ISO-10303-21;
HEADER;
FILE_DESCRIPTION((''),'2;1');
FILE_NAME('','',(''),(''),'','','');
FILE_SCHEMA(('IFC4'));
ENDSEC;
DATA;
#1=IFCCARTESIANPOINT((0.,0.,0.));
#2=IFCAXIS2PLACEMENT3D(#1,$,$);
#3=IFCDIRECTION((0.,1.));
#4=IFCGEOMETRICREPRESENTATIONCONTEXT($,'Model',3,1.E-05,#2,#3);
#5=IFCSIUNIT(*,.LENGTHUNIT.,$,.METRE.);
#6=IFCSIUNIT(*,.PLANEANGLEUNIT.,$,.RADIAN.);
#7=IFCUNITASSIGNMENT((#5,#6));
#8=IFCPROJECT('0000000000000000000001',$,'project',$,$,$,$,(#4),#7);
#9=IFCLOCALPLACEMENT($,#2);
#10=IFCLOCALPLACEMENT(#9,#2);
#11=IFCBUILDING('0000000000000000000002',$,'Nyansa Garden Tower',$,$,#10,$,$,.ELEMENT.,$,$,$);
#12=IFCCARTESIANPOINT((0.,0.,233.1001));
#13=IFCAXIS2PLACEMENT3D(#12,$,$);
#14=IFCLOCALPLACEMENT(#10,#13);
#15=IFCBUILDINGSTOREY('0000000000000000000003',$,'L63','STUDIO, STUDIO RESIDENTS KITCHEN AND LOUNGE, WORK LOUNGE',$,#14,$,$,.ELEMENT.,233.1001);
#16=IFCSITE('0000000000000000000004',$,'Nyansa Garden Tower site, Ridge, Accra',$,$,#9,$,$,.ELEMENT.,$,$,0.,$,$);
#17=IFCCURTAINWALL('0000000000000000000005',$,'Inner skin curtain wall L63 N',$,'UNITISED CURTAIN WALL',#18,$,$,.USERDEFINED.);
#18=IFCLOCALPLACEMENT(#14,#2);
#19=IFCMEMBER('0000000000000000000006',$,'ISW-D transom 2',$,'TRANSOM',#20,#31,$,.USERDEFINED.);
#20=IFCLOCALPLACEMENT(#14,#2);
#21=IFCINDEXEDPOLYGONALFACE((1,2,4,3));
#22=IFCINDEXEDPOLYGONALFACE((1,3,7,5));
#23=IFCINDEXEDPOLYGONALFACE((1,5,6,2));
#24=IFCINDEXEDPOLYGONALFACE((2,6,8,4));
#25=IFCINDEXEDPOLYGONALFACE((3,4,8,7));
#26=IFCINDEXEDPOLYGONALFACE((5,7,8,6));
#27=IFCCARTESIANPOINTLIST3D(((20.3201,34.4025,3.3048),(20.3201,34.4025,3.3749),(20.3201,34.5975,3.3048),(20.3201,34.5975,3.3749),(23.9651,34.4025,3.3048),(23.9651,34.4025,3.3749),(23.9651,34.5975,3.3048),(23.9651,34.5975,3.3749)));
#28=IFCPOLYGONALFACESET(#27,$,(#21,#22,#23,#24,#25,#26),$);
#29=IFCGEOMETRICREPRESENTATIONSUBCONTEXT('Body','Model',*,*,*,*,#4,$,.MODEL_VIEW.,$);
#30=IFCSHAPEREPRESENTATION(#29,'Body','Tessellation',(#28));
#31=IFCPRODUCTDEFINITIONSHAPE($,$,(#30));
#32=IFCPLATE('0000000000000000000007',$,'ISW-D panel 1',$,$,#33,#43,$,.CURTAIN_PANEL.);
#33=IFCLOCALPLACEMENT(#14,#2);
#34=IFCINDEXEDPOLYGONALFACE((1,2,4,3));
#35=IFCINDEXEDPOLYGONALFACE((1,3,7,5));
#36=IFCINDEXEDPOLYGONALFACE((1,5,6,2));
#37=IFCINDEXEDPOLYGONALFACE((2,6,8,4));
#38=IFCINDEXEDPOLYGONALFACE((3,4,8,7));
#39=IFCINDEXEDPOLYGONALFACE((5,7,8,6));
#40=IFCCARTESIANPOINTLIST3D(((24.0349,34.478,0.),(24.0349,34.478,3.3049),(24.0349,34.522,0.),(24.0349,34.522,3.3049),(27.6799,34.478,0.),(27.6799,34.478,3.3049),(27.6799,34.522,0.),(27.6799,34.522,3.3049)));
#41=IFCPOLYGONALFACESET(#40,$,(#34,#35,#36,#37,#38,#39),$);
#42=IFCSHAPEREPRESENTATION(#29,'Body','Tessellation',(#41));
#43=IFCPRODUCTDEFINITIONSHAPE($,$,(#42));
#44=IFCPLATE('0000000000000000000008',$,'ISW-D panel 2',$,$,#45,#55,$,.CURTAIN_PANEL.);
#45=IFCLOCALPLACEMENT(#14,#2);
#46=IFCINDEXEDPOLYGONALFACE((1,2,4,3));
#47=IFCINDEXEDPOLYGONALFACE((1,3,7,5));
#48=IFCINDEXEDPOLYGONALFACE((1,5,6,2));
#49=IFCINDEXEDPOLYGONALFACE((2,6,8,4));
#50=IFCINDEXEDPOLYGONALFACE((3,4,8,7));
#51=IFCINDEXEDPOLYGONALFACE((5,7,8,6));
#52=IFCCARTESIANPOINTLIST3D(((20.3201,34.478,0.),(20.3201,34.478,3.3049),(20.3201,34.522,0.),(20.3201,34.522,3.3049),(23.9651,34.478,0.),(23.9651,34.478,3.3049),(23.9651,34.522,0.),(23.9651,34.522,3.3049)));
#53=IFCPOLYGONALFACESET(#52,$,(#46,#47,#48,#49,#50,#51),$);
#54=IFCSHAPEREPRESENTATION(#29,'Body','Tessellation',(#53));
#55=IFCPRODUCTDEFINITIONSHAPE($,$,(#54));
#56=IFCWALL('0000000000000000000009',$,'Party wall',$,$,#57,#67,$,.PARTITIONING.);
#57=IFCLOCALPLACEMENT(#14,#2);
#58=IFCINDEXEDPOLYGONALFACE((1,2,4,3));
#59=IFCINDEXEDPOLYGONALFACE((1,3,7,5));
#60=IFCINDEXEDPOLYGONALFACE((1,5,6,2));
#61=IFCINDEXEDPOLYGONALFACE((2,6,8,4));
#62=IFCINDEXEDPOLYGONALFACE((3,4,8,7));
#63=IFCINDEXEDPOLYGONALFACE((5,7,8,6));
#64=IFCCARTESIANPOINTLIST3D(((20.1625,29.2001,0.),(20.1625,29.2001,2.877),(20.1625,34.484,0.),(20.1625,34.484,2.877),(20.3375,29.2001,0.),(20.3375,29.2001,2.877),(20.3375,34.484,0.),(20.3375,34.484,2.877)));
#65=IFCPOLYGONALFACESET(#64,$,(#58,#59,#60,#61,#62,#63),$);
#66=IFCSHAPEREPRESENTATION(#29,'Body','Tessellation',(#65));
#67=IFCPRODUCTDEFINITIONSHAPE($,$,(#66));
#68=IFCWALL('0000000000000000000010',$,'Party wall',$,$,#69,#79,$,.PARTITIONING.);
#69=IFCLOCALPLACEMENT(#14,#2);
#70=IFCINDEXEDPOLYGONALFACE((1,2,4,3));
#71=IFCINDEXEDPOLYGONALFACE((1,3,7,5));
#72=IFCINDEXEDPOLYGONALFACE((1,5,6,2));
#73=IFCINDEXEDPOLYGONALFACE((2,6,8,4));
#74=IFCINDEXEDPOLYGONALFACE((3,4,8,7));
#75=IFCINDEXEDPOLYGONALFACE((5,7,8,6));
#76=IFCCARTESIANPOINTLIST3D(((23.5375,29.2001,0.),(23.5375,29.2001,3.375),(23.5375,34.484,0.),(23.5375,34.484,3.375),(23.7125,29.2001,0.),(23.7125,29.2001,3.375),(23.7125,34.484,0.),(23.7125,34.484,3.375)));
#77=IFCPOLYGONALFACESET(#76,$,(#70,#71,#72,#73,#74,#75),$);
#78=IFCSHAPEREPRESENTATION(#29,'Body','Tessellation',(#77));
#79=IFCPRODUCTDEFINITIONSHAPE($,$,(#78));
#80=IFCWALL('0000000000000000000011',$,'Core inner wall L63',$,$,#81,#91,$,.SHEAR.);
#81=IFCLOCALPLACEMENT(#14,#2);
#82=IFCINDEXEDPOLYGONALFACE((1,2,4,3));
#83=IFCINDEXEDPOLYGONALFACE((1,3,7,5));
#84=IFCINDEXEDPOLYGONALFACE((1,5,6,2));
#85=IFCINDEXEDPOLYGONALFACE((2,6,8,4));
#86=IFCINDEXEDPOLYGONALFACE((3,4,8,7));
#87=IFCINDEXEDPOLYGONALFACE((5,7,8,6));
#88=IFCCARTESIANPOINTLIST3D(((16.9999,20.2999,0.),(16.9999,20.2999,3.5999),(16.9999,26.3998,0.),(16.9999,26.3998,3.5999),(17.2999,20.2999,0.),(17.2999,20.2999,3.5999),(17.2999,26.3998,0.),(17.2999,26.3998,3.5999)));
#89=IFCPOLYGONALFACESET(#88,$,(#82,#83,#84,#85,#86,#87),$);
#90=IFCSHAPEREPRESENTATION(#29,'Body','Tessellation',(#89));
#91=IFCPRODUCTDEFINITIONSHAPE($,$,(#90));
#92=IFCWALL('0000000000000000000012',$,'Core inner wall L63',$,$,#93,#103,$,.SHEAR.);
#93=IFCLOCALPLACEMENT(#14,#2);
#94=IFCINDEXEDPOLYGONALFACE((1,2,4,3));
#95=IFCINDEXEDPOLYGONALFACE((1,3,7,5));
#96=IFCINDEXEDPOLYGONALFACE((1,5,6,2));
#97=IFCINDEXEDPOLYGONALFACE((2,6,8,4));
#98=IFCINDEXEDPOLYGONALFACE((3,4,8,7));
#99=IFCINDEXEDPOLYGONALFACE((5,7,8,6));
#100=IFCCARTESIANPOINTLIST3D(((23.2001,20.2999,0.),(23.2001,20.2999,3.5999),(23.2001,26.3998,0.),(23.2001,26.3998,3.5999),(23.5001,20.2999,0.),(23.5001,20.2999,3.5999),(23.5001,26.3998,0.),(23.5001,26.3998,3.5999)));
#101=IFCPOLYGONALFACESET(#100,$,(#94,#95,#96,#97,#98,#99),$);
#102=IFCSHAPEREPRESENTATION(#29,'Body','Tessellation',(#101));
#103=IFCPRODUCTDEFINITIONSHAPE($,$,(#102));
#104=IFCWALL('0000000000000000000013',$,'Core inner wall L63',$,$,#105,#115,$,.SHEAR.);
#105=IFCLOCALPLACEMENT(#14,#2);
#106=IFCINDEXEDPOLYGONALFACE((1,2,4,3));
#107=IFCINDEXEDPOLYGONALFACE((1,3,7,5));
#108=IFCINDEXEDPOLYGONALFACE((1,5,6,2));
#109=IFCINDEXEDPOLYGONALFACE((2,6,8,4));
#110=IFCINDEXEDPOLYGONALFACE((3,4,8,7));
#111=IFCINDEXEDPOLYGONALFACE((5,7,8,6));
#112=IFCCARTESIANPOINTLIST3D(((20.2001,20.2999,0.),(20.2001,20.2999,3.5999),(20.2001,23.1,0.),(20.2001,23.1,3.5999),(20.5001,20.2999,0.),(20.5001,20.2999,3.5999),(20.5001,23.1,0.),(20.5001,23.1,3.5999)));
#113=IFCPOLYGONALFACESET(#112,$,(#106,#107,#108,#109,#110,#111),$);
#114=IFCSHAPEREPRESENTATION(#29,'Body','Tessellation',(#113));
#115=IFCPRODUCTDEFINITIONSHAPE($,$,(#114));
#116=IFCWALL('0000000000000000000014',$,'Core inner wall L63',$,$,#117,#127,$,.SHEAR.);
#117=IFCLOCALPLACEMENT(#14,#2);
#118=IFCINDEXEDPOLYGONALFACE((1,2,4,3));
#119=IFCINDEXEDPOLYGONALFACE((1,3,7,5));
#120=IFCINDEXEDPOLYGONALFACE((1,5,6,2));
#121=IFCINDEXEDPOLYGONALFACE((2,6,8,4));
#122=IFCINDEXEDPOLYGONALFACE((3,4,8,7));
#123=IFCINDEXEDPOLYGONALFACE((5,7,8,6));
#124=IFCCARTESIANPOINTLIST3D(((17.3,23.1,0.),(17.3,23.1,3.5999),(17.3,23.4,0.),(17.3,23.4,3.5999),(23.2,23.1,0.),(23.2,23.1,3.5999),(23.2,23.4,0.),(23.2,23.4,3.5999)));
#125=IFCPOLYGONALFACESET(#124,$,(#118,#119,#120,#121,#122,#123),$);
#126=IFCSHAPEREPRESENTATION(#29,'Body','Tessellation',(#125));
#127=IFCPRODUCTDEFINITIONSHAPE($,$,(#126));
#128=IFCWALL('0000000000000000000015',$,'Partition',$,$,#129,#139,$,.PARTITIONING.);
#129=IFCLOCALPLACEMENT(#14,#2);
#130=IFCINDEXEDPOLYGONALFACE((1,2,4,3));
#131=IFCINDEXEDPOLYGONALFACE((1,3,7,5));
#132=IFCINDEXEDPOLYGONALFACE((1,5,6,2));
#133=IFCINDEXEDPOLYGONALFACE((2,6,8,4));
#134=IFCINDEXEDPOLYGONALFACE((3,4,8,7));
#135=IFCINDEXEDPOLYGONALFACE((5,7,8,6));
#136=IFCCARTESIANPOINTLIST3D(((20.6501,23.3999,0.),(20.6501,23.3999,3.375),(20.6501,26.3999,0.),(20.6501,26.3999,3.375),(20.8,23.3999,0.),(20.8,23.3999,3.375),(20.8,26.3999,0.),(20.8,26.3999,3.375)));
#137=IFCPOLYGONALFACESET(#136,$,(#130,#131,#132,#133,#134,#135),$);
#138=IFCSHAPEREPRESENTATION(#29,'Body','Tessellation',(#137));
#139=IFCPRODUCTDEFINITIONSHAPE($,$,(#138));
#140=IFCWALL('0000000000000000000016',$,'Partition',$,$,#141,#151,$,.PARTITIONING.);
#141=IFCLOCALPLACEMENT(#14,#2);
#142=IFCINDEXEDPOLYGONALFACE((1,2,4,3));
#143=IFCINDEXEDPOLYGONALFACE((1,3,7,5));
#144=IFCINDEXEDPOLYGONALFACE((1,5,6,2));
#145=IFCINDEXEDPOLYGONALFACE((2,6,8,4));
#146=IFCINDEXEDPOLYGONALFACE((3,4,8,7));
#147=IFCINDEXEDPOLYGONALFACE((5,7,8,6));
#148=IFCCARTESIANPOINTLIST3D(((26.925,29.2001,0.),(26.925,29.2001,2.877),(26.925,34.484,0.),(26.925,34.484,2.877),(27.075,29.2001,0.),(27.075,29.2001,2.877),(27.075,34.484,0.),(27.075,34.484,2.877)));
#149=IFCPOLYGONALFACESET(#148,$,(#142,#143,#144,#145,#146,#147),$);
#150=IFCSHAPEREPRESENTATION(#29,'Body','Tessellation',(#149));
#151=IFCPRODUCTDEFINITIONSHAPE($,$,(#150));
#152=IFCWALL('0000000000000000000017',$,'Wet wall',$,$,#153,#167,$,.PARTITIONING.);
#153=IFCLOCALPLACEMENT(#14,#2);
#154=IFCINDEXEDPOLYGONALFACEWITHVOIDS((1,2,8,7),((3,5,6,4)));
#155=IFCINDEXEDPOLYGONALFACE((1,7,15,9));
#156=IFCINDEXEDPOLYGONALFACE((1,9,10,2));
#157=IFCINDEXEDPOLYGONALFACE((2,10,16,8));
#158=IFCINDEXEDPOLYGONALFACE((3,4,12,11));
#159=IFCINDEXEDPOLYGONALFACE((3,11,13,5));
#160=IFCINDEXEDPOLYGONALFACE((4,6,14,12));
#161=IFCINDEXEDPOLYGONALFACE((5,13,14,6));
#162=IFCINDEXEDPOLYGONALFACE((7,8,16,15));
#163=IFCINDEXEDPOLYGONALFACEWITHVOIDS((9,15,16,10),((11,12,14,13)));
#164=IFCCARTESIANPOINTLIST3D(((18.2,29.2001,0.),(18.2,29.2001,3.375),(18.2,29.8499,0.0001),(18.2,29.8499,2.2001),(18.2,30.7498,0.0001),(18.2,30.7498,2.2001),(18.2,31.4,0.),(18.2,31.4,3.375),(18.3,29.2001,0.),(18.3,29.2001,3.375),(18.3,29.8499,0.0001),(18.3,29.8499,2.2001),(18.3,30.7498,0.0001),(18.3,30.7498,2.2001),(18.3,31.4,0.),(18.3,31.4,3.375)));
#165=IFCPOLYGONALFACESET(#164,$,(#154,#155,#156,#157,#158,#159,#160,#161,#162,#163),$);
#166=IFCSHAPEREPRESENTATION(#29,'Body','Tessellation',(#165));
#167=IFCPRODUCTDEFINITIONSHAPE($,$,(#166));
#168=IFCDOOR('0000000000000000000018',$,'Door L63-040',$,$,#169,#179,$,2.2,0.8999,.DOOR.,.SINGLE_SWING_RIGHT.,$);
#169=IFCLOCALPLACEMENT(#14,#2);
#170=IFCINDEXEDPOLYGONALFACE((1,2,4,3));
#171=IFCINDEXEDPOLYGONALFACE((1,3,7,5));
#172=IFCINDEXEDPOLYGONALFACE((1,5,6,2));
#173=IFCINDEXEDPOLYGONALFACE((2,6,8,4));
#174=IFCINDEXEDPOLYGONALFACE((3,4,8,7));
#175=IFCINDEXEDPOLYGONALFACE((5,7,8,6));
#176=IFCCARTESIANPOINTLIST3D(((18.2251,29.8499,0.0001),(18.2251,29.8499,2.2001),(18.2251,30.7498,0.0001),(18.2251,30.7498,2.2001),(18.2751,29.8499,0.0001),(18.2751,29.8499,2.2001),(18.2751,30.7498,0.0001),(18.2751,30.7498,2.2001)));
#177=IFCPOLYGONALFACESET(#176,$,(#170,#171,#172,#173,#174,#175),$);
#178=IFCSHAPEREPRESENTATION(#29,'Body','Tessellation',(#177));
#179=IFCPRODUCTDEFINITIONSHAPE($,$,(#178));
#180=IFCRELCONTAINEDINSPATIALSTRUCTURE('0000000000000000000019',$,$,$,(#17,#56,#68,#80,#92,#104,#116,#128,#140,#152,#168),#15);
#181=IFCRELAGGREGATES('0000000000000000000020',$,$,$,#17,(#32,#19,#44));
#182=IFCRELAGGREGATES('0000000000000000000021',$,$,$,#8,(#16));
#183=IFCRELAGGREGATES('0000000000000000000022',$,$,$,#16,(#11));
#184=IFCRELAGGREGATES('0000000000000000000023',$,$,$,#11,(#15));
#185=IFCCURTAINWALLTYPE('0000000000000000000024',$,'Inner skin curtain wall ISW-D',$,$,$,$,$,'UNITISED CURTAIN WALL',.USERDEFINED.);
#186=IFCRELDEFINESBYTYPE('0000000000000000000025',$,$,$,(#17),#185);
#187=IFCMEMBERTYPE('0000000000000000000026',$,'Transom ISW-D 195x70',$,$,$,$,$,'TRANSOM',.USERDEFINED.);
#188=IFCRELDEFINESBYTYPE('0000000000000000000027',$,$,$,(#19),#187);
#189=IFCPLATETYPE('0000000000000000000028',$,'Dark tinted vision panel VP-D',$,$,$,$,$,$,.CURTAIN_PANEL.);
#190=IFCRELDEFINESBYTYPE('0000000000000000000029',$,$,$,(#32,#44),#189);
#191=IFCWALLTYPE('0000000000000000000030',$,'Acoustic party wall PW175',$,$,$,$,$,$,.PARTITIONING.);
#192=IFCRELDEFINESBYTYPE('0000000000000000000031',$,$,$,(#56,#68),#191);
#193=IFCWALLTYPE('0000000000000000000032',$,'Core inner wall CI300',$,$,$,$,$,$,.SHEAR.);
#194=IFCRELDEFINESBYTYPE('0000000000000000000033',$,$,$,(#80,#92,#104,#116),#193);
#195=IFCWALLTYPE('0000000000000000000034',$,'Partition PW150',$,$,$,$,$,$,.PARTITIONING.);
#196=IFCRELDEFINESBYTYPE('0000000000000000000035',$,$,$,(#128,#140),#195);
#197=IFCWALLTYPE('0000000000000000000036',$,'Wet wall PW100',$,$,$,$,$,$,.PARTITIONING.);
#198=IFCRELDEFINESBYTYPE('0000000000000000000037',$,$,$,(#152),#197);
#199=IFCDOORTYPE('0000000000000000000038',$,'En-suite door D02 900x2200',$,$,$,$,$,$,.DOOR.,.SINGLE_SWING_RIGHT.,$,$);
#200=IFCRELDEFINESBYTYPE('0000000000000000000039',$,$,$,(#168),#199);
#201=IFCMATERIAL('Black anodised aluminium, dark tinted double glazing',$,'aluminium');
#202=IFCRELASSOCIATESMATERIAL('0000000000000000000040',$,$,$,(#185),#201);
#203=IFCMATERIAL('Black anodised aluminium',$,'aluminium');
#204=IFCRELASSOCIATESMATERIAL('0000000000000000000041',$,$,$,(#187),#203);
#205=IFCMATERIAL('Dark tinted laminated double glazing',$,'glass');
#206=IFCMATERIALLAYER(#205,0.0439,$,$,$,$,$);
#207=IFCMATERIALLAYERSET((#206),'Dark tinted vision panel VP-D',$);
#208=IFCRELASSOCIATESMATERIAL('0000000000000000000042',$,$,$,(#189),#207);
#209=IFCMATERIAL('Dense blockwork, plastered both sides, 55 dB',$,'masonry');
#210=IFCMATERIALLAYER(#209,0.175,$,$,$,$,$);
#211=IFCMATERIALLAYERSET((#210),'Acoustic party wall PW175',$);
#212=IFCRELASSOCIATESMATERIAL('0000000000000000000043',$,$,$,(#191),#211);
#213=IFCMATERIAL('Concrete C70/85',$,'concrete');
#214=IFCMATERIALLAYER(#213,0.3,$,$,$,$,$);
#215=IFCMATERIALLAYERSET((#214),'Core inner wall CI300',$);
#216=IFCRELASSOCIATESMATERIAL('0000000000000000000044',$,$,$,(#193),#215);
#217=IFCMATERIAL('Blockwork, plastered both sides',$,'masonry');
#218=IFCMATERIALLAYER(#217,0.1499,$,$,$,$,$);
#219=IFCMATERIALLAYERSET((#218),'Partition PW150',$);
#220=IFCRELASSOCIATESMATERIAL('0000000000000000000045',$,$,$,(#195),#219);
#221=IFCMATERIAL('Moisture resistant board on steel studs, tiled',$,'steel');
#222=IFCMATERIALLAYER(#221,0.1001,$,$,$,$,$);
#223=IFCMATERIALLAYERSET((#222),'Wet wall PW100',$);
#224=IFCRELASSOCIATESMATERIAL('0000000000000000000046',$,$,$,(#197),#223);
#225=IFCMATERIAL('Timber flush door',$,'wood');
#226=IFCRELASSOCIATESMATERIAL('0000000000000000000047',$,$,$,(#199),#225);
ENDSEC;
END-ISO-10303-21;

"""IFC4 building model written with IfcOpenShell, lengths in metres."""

from ifc_helpers import new_model, si_unit, direction, frame, frame_2d, origin, origin_2d, place, context, subcontext, project, spatial, rectangle, extrude, material, layer, layer_set, material_profile, profile_set, type_object, element, fill, aggregate, save


model = new_model("IFC4")

# Units and contexts
model_context = context("Model", 3, precision=1e-05, world=origin(), true_north=direction((0.0, 1.0)))
body_context = subcontext(model_context, "Body", "Model", "MODEL_VIEW")
ifc_project = project(units=[si_unit("LENGTHUNIT", "METRE"), si_unit("PLANEANGLEUNIT", "RADIAN")], contexts=[model_context])

# Site, building, storey
site_placement = place(None, origin())
site = spatial("IfcSite", under=ifc_project, at=site_placement, Name="Nyansa Garden Tower site, Ridge, Accra", CompositionType="ELEMENT", RefElevation=0.0)
building_placement = place(site_placement, origin())
building = spatial("IfcBuilding", under=site, at=building_placement, Name="Nyansa Garden Tower", CompositionType="ELEMENT")
storey_placement = place(building_placement, frame((0.0, 0.0, 233.1001)))
storey = spatial("IfcBuildingStorey", under=building, at=storey_placement, Name="L63", Description="STUDIO, STUDIO RESIDENTS KITCHEN AND LOUNGE, WORK LOUNGE", CompositionType="ELEMENT", Elevation=233.1001)

# Curtain wall
ifc_material_1 = material(Name="Black anodised aluminium, dark tinted double glazing", Category="aluminium")
curtain_wall_type = type_object("IfcCurtainWallType", Name="Inner skin curtain wall ISW-D", ElementType="UNITISED CURTAIN WALL", PredefinedType="USERDEFINED", material=ifc_material_1)
curtain_wall_placement = place(storey_placement, origin())
curtain_wall = element("IfcCurtainWall", 1, at=curtain_wall_placement, inside=storey, type_object=curtain_wall_type, Name="Inner skin curtain wall L63 N", ObjectType="UNITISED CURTAIN WALL", PredefinedType="USERDEFINED")

# Member
ifc_material_2 = material(Name="Black anodised aluminium", Category="aluminium")
ifc_material_profile_1 = material_profile(ifc_material_2, rectangle(XDim=0.1951, YDim=0.0701, at=origin_2d()), Name="Transom 195x70")
ifc_profile_set_1 = profile_set([ifc_material_profile_1], Name="Black anodised aluminium")
member_type_1 = type_object("IfcMemberType", Name="Transom ISW-D 195x70", ElementType="TRANSOM", PredefinedType="USERDEFINED", material=ifc_profile_set_1)
member_1_placement = place(storey_placement, frame((23.9651, 34.5, 3.3398), z_axis=(-1.0, 0.0, 0.0), x_axis=(0.0, -1.0, 0.0)))
member_1 = element("IfcMember", 2, at=member_1_placement, type_object=member_type_1, Name="ISW-D transom 2", ObjectType="TRANSOM", PredefinedType="USERDEFINED", context=body_context, shape_type="SweptSolid", body=[
    extrude(rectangle(XDim=0.1951, YDim=0.0701, at=origin_2d()), origin(), (0.0, 0.0, 1.0), 3.645),
])

# Plates
ifc_material_3 = material(Name="Dark tinted laminated double glazing", Category="glass")
ifc_layer_1 = layer(ifc_material_3, 0.0439)
ifc_layer_set_1 = layer_set([ifc_layer_1], Name="Dark tinted vision panel VP-D")
plate_type = type_object("IfcPlateType", Name="Dark tinted vision panel VP-D", PredefinedType="CURTAIN_PANEL", material=ifc_layer_set_1)
plate_1_placement = place(storey_placement, frame((25.8574, 34.5, 0.0), z_axis=(0.0, 0.0, 1.0), x_axis=(-1.0, 0.0, 0.0)))
plate_1 = element("IfcPlate", 3, at=plate_1_placement, type_object=plate_type, Name="ISW-D panel 1", PredefinedType="CURTAIN_PANEL", context=body_context, shape_type="SweptSolid", body=[
    extrude(rectangle(XDim=3.645, YDim=0.0439, at=origin_2d()), origin(), (0.0, 0.0, 1.0), 3.3049),
])
plate_2_placement = place(storey_placement, frame((22.1426, 34.5, 0.0), z_axis=(0.0, 0.0, 1.0), x_axis=(-1.0, 0.0, 0.0)))
plate_2 = element("IfcPlate", 4, at=plate_2_placement, type_object=plate_type, Name="ISW-D panel 2", PredefinedType="CURTAIN_PANEL", context=body_context, shape_type="SweptSolid", body=[
    extrude(rectangle(XDim=3.645, YDim=0.0439, at=origin_2d()), origin(), (0.0, 0.0, 1.0), 3.3049),
])
aggregate(curtain_wall, [plate_1, member_1, plate_2])

# Walls
ifc_material_4 = material(Name="Dense blockwork, plastered both sides, 55 dB", Category="masonry")
ifc_layer_2 = layer(ifc_material_4, 0.175)
ifc_layer_set_2 = layer_set([ifc_layer_2], Name="Acoustic party wall PW175")
wall_type_1 = type_object("IfcWallType", Name="Acoustic party wall PW175", PredefinedType="PARTITIONING", material=ifc_layer_set_2)
wall_1_placement = place(storey_placement, frame((20.25, 29.2, 0.0), z_axis=(0.0, 0.0, 1.0), x_axis=(0.0, 1.0, 0.0)))
element("IfcWall", 5, at=wall_1_placement, inside=storey, type_object=wall_type_1, Name="Party wall", PredefinedType="PARTITIONING", context=body_context, shape_type="SweptSolid", body=[
    extrude(rectangle(XDim=5.2839, YDim=0.175, at=frame_2d((2.6421, 0.0))), origin(), (0.0, 0.0, 1.0), 2.877),
])
wall_2_placement = place(storey_placement, frame((23.625, 29.2, 0.0), z_axis=(0.0, 0.0, 1.0), x_axis=(0.0, 1.0, 0.0)))
element("IfcWall", 6, at=wall_2_placement, inside=storey, type_object=wall_type_1, Name="Party wall", PredefinedType="PARTITIONING", context=body_context, shape_type="SweptSolid", body=[
    extrude(rectangle(XDim=5.2839, YDim=0.175, at=frame_2d((2.6421, 0.0))), origin(), (0.0, 0.0, 1.0), 3.375),
])
ifc_material_5 = material(Name="Concrete C70/85", Category="concrete")
ifc_layer_3 = layer(ifc_material_5, 0.3)
ifc_layer_set_3 = layer_set([ifc_layer_3], Name="Core inner wall CI300")
wall_type_2 = type_object("IfcWallType", Name="Core inner wall CI300", PredefinedType="SHEAR", material=ifc_layer_set_3)
for number, where, z_axis, x_axis, name in (
    (7, (17.1499, 20.3, 0.0), (0.0, 0.0, 1.0), (0.0, 1.0, 0.0), "Core inner wall L63"),
    (8, (23.3501, 20.3, 0.0), (0.0, 0.0, 1.0), (0.0, 1.0, 0.0), "Core inner wall L63"),
):
    element("IfcWall", number, at=place(storey_placement, frame(where, z_axis=z_axis, x_axis=x_axis)), inside=storey, type_object=wall_type_2, Name=name, PredefinedType="SHEAR", context=body_context, shape_type="SweptSolid", body=[
        extrude(rectangle(XDim=6.0999, YDim=0.3, at=frame_2d((3.0498, 0.0))), origin(), (0.0, 0.0, 1.0), 3.5999),
    ])
wall_3_placement = place(storey_placement, frame((20.3501, 20.3, 0.0), z_axis=(0.0, 0.0, 1.0), x_axis=(0.0, 1.0, 0.0)))
element("IfcWall", 9, at=wall_3_placement, inside=storey, type_object=wall_type_2, Name="Core inner wall L63", PredefinedType="SHEAR", context=body_context, shape_type="SweptSolid", body=[
    extrude(rectangle(XDim=2.8, YDim=0.3, at=frame_2d((1.3999, 0.0))), origin(), (0.0, 0.0, 1.0), 3.5999),
])
wall_4_placement = place(storey_placement, frame((17.3, 23.25, 0.0), z_axis=(0.0, 0.0, 1.0), x_axis=(1.0, 0.0, 0.0)))
element("IfcWall", 10, at=wall_4_placement, inside=storey, type_object=wall_type_2, Name="Core inner wall L63", PredefinedType="SHEAR", context=body_context, shape_type="SweptSolid", body=[
    extrude(rectangle(XDim=5.8999, YDim=0.3, at=frame_2d((2.95, 0.0))), origin(), (0.0, 0.0, 1.0), 3.5999),
])
ifc_material_6 = material(Name="Blockwork, plastered both sides", Category="masonry")
ifc_layer_4 = layer(ifc_material_6, 0.1499)
ifc_layer_set_4 = layer_set([ifc_layer_4], Name="Partition PW150")
wall_type_3 = type_object("IfcWallType", Name="Partition PW150", PredefinedType="PARTITIONING", material=ifc_layer_set_4)
wall_5_placement = place(storey_placement, frame((20.7251, 23.3999, 0.0), z_axis=(0.0, 0.0, 1.0), x_axis=(0.0, 1.0, 0.0)))
element("IfcWall", 11, at=wall_5_placement, inside=storey, type_object=wall_type_3, Name="Partition", PredefinedType="PARTITIONING", context=body_context, shape_type="SweptSolid", body=[
    extrude(rectangle(XDim=3.0, YDim=0.1499, at=frame_2d((1.5, 0.0))), origin(), (0.0, 0.0, 1.0), 3.375),
])
wall_6_placement = place(storey_placement, frame((27.0, 29.2, 0.0), z_axis=(0.0, 0.0, 1.0), x_axis=(0.0, 1.0, 0.0)))
element("IfcWall", 12, at=wall_6_placement, inside=storey, type_object=wall_type_3, Name="Partition", PredefinedType="PARTITIONING", context=body_context, shape_type="SweptSolid", body=[
    extrude(rectangle(XDim=5.2839, YDim=0.1499, at=frame_2d((2.6421, 0.0))), origin(), (0.0, 0.0, 1.0), 2.877),
])

# Wall, opening, door
ifc_material_7 = material(Name="Moisture resistant board on steel studs, tiled", Category="steel")
ifc_layer_5 = layer(ifc_material_7, 0.1001)
ifc_layer_set_5 = layer_set([ifc_layer_5], Name="Wet wall PW100")
wall_type_4 = type_object("IfcWallType", Name="Wet wall PW100", PredefinedType="PARTITIONING", material=ifc_layer_set_5)
wall_7_placement = place(storey_placement, frame((18.25, 29.2, 0.0), z_axis=(0.0, 0.0, 1.0), x_axis=(0.0, 1.0, 0.0)))
wall_7 = element("IfcWall", 13, at=wall_7_placement, inside=storey, type_object=wall_type_4, Name="Wet wall", PredefinedType="PARTITIONING", context=body_context, shape_type="SweptSolid", body=[
    extrude(rectangle(XDim=2.2, YDim=0.1001, at=frame_2d((1.1001, 0.0))), origin(), (0.0, 0.0, 1.0), 3.375),
])
opening_1_placement = place(wall_7_placement, frame((0.6499, 0.0, 0.0)))
opening_1 = element("IfcOpeningElement", 14, at=opening_1_placement, cuts=wall_7, PredefinedType="OPENING", context=body_context, shape_type="SweptSolid", body=[
    extrude(rectangle(XDim=0.8999, YDim=2.2, at=frame_2d((0.45, 1.1001))), frame((0.0, 0.0601, 0.0), z_axis=(0.0, -1.0, 0.0), x_axis=(1.0, 0.0, 0.0)), (0.0, 0.0, 1.0), 0.1201),
])
ifc_material_8 = material(Name="Timber flush door", Category="wood")
door_type = type_object("IfcDoorType", Name="En-suite door D02 900x2200", OperationType="SINGLE_SWING_RIGHT", PredefinedType="DOOR", material=ifc_material_8)
door_1_placement = place(opening_1_placement, origin())
door_1 = element("IfcDoor", 15, at=door_1_placement, inside=storey, type_object=door_type, Name="Door L63-040", OperationType="SINGLE_SWING_RIGHT", OverallHeight=2.2, OverallWidth=0.8999, PredefinedType="DOOR", context=body_context, shape_type="SweptSolid", body=[
    extrude(rectangle(XDim=0.8999, YDim=2.2, at=frame_2d((0.45, 1.1001))), frame((0.0, 0.0249, 0.0), z_axis=(0.0, -1.0, 0.0), x_axis=(1.0, 0.0, 0.0)), (0.0, 0.0, 1.0), 0.05),
])
fill(opening_1, door_1)

save(model, "model.ifc")
